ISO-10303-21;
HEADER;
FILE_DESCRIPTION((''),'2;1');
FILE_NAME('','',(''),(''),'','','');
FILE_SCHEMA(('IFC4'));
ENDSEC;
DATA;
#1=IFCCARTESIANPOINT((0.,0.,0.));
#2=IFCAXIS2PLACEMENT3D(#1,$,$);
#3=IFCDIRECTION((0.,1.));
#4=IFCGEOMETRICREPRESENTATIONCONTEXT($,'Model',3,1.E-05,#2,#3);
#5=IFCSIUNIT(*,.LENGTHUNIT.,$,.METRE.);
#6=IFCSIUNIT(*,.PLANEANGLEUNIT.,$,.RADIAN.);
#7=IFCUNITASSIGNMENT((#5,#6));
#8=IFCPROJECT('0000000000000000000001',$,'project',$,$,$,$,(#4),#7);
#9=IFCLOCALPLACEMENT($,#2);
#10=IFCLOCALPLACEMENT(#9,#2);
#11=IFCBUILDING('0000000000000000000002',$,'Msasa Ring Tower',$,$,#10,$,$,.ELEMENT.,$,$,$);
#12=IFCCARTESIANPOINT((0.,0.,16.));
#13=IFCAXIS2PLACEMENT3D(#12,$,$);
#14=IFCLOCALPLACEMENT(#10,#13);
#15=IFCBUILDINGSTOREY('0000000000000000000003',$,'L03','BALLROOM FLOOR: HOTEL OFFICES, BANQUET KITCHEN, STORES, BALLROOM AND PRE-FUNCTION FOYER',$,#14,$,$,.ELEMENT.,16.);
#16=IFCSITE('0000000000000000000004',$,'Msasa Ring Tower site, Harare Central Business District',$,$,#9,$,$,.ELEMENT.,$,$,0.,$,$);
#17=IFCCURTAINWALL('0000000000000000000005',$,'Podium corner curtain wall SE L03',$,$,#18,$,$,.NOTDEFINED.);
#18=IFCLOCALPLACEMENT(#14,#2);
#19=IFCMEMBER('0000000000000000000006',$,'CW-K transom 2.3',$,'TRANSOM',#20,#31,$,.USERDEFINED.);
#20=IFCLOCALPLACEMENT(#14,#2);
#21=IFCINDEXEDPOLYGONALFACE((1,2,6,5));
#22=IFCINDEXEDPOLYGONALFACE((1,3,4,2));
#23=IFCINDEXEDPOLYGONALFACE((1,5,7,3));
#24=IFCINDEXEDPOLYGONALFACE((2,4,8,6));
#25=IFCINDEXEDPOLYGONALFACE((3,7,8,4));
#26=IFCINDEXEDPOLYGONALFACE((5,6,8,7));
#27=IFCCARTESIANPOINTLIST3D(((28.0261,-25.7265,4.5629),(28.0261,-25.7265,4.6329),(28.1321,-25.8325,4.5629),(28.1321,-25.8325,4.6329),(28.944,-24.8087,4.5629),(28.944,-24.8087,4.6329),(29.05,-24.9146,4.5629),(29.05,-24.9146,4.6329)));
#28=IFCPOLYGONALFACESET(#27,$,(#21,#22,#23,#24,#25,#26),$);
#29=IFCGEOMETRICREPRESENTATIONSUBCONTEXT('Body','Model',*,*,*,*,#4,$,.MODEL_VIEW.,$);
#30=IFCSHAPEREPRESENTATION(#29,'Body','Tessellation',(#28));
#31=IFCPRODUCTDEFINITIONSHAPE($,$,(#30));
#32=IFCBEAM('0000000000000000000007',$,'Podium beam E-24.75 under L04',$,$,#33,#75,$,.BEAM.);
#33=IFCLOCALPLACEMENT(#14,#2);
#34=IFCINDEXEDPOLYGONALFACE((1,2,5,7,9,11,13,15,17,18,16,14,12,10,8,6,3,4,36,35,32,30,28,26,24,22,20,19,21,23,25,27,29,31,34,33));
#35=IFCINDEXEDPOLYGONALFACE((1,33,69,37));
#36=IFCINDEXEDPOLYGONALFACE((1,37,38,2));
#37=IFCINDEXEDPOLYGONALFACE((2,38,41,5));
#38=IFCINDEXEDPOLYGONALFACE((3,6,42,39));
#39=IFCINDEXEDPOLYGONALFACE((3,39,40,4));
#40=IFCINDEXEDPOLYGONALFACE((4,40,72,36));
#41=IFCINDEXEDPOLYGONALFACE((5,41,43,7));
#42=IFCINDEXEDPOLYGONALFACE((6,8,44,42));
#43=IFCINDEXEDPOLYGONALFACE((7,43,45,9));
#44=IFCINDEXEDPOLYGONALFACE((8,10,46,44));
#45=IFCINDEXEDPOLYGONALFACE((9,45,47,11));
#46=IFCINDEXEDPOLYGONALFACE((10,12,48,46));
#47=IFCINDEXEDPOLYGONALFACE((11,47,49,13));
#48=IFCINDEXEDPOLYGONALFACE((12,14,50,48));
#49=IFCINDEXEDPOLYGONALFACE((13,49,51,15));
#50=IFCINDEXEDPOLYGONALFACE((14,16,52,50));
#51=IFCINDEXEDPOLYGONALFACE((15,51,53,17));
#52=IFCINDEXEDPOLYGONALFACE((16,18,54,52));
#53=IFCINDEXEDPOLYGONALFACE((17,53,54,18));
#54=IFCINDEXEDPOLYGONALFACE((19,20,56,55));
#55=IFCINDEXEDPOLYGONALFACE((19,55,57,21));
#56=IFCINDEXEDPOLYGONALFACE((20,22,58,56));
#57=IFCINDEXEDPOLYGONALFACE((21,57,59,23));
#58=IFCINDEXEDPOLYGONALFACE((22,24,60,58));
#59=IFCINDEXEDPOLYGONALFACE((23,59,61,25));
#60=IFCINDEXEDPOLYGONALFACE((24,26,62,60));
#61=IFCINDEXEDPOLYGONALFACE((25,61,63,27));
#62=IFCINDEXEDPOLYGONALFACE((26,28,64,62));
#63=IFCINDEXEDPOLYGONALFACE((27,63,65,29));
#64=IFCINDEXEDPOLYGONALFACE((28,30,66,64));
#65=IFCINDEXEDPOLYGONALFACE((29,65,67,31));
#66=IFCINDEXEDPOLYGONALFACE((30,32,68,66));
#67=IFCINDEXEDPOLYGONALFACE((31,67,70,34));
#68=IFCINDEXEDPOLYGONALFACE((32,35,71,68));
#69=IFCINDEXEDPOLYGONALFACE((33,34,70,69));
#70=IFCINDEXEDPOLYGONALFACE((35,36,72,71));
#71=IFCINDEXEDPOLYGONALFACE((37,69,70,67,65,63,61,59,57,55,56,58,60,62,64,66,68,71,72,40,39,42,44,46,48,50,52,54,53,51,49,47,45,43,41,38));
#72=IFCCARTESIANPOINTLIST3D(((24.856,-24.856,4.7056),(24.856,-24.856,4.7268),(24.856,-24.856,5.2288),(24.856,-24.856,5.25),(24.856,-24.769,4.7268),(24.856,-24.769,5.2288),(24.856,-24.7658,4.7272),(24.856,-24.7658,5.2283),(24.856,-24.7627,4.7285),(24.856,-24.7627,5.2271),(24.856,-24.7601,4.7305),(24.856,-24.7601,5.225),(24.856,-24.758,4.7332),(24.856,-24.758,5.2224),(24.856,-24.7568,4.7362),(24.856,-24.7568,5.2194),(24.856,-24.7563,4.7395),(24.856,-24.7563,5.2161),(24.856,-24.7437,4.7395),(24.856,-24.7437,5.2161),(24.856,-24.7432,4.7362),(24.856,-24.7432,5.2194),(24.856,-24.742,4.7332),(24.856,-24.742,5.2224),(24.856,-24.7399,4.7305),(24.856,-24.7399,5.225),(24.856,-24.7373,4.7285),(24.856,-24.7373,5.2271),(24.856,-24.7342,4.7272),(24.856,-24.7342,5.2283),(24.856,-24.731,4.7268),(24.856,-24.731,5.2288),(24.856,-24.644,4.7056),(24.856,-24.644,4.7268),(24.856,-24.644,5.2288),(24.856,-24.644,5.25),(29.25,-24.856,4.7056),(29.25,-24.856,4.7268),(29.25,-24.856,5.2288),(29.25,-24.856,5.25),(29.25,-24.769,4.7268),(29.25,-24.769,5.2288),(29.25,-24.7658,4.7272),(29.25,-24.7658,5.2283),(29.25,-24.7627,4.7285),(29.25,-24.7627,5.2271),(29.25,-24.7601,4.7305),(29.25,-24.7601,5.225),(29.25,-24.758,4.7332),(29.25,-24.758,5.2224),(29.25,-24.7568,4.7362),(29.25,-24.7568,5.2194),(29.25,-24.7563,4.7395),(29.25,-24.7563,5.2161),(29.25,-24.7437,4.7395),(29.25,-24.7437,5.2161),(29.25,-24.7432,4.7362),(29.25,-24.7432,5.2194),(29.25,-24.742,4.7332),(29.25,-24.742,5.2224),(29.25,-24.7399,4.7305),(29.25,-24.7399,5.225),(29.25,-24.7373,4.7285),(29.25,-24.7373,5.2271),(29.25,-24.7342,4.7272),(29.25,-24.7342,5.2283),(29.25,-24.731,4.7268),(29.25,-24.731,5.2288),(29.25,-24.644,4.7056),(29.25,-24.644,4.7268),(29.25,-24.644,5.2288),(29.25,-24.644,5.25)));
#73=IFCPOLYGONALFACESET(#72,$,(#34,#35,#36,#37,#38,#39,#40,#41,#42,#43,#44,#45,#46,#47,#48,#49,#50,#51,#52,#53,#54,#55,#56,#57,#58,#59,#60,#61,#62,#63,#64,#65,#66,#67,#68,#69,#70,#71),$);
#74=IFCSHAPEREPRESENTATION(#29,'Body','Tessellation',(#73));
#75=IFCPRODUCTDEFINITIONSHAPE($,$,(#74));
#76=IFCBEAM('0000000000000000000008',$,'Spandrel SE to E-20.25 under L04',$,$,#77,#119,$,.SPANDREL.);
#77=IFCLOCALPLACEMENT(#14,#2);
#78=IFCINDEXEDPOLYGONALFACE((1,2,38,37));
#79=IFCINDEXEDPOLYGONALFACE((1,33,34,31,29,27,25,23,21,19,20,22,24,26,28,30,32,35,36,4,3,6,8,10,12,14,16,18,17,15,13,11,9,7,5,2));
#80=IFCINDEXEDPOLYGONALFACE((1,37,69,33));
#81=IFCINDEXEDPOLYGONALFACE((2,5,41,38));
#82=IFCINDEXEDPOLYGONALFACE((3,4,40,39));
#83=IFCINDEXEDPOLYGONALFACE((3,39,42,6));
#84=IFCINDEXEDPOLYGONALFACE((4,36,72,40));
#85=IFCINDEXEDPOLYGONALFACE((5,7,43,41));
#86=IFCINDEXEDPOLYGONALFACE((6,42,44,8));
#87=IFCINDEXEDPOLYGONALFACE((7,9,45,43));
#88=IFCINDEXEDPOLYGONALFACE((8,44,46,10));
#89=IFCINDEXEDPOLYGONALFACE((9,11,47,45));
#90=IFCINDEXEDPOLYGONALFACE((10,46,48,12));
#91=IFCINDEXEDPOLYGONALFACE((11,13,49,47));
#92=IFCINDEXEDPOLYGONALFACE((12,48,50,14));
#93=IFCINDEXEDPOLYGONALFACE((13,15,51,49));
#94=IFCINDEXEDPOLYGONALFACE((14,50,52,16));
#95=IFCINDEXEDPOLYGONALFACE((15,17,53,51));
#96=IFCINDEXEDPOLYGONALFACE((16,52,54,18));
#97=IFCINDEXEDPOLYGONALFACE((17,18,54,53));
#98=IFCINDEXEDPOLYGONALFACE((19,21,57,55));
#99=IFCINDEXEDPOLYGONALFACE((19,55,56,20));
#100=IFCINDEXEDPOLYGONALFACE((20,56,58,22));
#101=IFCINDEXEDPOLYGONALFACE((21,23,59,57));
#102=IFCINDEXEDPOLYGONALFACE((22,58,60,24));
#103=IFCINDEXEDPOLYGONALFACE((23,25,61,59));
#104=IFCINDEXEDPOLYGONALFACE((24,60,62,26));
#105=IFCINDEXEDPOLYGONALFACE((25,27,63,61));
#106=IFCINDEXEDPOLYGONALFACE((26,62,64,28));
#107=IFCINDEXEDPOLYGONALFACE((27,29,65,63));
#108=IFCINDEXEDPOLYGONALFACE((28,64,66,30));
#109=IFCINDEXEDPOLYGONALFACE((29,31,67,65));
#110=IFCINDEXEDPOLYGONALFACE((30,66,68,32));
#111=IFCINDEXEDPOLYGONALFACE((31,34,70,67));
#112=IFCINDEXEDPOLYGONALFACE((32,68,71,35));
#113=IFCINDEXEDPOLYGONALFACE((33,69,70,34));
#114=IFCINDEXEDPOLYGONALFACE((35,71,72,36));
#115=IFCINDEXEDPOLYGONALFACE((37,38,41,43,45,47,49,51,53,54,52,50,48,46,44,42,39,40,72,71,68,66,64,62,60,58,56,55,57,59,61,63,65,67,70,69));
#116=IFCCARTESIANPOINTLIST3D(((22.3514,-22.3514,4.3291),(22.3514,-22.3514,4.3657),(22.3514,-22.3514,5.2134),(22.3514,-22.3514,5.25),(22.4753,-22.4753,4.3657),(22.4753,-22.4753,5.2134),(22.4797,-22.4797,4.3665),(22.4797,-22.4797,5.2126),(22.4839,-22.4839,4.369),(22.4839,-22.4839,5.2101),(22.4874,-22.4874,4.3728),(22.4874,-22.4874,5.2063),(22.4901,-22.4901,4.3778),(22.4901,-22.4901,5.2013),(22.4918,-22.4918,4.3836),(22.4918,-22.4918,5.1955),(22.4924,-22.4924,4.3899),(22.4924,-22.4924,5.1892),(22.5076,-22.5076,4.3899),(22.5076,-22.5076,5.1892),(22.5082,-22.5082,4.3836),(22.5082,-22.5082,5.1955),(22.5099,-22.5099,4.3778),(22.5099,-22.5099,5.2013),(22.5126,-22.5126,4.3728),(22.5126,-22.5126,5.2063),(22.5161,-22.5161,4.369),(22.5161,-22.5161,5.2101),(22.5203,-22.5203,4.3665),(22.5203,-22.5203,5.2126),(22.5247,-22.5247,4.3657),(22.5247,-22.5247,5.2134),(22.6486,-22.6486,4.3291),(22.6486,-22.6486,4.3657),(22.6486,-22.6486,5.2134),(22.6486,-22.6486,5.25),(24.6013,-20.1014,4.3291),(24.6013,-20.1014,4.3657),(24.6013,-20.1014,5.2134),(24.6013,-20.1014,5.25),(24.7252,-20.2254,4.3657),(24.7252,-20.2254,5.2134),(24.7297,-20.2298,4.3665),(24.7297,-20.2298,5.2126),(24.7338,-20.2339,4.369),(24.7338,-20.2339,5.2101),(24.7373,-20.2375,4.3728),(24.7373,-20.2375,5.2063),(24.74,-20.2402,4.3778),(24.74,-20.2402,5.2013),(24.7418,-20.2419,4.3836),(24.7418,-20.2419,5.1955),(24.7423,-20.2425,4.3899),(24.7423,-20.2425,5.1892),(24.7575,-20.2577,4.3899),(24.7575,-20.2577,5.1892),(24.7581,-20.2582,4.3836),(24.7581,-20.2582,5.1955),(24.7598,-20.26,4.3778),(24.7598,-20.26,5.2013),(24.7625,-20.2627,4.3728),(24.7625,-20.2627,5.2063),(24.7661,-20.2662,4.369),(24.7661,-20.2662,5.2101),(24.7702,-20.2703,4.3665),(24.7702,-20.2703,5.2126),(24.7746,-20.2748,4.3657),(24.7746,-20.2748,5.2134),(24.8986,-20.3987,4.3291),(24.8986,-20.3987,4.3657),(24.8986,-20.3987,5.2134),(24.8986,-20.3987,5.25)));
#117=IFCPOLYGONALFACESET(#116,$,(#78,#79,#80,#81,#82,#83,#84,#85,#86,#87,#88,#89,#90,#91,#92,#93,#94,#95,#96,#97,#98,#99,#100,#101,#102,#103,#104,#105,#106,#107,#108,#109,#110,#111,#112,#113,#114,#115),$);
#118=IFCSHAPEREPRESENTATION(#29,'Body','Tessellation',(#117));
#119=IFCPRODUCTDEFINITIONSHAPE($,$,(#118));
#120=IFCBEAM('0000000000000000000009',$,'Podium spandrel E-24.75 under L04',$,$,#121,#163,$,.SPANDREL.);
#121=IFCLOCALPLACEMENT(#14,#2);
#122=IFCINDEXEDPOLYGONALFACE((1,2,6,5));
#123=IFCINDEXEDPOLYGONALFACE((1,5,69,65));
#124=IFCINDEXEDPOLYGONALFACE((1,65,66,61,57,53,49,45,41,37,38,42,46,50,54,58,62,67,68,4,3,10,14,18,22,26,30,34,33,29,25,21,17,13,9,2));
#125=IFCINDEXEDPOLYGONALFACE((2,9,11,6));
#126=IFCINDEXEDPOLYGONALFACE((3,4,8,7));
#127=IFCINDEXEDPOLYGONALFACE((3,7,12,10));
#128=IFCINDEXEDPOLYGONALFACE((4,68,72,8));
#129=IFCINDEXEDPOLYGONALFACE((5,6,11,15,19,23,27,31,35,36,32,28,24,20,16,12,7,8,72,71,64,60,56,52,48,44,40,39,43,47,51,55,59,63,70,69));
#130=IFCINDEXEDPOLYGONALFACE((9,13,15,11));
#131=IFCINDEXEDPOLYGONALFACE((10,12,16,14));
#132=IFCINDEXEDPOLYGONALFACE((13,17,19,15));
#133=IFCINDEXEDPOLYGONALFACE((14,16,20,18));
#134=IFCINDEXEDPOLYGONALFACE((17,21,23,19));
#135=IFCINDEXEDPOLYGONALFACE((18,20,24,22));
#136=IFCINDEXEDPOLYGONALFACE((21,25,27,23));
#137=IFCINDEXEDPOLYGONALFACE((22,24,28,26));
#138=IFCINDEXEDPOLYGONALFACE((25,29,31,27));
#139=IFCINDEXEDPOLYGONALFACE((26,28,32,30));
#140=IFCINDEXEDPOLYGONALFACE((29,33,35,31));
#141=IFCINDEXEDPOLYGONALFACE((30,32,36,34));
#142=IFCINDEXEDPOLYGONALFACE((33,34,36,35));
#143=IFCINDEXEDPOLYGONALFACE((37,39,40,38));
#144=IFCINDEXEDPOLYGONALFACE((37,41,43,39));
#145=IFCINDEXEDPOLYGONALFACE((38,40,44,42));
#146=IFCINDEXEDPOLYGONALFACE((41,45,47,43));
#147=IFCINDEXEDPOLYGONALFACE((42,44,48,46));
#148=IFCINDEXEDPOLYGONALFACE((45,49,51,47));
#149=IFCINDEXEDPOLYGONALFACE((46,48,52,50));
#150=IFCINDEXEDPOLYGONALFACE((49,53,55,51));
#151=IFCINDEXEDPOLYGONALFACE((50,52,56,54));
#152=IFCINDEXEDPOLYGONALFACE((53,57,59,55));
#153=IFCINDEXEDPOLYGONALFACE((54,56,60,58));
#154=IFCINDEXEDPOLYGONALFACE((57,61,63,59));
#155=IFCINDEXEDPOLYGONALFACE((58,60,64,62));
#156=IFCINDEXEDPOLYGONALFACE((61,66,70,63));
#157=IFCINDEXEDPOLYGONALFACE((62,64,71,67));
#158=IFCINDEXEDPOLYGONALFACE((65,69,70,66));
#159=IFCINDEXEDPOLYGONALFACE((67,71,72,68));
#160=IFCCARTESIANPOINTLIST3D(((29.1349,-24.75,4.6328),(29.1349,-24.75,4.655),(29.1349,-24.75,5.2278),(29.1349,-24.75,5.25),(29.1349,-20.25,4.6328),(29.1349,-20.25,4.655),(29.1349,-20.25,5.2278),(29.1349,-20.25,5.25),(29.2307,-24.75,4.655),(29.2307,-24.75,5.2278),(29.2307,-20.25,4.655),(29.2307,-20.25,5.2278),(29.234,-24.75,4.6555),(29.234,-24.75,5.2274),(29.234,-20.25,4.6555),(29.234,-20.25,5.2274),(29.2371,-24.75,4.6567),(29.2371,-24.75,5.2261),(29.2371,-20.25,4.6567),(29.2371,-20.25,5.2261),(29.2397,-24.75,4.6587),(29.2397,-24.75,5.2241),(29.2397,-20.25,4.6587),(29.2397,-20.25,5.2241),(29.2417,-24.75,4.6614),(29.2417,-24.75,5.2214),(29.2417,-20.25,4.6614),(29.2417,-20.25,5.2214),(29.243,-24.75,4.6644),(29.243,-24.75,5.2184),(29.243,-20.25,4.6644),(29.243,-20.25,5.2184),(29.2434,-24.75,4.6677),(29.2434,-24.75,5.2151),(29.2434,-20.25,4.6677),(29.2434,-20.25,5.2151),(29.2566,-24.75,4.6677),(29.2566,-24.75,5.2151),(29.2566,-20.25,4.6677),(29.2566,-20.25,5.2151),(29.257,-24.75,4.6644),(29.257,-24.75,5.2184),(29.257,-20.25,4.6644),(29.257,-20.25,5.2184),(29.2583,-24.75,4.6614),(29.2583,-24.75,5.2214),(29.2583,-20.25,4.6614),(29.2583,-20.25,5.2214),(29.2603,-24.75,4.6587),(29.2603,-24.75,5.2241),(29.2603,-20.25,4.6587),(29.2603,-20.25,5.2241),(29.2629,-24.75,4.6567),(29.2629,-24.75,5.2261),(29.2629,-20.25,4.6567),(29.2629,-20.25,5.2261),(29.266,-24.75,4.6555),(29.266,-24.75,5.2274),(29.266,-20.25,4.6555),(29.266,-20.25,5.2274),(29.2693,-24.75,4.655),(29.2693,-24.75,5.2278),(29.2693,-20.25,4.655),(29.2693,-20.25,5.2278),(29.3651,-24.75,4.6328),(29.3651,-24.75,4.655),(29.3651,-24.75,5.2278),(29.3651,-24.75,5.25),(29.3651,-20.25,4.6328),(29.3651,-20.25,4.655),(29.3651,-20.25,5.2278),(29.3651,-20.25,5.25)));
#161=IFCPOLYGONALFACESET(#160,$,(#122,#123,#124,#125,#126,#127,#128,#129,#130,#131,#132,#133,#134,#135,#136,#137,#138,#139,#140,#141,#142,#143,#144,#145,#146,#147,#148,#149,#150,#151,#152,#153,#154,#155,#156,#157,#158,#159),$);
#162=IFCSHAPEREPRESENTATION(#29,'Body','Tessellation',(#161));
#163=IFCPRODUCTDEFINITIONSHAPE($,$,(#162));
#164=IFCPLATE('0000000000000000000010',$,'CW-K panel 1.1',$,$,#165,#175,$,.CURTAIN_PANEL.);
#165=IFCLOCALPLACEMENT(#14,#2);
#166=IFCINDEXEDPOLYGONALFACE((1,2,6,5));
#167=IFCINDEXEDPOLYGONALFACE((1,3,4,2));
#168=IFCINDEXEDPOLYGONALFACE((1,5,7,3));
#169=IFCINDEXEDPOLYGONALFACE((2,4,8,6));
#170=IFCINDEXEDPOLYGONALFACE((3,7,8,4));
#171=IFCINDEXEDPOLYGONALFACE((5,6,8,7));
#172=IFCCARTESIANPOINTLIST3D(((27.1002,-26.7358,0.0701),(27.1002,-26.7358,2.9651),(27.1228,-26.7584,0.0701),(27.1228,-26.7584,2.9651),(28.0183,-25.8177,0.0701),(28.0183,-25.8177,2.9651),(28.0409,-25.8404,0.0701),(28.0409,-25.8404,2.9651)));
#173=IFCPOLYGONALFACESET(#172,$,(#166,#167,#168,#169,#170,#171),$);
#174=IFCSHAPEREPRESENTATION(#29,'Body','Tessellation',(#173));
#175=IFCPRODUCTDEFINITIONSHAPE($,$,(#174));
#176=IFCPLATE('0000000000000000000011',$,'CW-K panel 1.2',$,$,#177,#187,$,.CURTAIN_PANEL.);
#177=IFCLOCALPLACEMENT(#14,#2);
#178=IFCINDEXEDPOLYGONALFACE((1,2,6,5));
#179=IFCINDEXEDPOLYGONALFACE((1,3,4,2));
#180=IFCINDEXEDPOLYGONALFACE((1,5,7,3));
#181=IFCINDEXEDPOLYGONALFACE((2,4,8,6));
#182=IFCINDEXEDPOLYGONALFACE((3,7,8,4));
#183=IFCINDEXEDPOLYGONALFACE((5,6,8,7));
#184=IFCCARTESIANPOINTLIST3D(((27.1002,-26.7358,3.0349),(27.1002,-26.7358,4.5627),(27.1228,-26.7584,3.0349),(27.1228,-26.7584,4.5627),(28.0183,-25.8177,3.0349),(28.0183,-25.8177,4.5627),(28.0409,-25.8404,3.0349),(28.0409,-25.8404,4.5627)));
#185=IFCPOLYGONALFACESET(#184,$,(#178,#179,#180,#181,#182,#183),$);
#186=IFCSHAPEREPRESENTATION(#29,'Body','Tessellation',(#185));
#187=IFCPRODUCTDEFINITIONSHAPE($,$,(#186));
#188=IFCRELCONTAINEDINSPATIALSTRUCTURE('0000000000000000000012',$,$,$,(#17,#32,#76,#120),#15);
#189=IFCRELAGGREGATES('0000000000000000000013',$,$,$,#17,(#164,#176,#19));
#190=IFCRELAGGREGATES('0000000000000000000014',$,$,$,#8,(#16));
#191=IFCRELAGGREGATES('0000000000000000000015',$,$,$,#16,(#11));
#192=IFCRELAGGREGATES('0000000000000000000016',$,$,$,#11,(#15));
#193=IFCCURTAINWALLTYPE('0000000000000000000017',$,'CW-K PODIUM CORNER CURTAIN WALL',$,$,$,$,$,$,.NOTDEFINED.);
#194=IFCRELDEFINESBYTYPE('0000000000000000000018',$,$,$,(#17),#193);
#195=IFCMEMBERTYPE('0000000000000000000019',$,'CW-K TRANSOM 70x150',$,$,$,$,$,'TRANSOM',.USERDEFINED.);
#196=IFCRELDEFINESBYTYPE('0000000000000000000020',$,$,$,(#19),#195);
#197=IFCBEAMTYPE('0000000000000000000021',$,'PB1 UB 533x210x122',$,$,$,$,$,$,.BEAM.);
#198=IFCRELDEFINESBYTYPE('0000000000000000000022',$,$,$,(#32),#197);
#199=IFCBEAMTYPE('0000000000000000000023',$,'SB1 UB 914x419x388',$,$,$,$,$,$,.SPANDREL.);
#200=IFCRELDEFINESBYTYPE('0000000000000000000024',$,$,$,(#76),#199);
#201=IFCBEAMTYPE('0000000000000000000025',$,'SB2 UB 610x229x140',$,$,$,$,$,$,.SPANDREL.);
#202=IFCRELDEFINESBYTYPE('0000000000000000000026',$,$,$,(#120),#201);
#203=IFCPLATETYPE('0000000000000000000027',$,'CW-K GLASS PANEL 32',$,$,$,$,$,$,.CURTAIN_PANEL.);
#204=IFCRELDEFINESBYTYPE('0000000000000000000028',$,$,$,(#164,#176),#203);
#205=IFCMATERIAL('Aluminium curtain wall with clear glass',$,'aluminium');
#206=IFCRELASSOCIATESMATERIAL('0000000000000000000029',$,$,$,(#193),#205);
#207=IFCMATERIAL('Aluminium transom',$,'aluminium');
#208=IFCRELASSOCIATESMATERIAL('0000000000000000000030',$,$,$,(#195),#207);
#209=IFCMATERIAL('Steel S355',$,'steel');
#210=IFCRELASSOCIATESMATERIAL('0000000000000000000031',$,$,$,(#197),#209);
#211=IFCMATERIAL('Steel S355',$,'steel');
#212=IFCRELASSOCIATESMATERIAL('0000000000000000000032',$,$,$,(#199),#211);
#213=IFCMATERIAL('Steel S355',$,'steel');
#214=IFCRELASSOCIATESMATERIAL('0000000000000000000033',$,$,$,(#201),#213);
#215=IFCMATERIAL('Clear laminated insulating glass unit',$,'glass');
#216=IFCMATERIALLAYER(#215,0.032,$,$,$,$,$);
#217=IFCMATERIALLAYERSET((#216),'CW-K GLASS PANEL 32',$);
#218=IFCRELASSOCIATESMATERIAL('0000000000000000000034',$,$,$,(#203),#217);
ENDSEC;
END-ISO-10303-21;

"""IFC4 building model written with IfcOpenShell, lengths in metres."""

from ifc_helpers import new_model, si_unit, direction, frame, origin, origin_2d, place, context, subcontext, project, spatial, rectangle, i_section, extrude, material, layer, layer_set, material_profile, profile_set, type_object, element, aggregate, save


model = new_model("IFC4")

# Units and contexts
model_context = context("Model", 3, precision=1e-05, world=origin(), true_north=direction((0.0, 1.0)))
body_context = subcontext(model_context, "Body", "Model", "MODEL_VIEW")
ifc_project = project(units=[si_unit("LENGTHUNIT", "METRE"), si_unit("PLANEANGLEUNIT", "RADIAN")], contexts=[model_context])

# Site, building, storey
site_placement = place(None, origin())
site = spatial("IfcSite", under=ifc_project, at=site_placement, Name="Msasa Ring Tower site, Harare Central Business District", CompositionType="ELEMENT", RefElevation=0.0)
building_placement = place(site_placement, origin())
building = spatial("IfcBuilding", under=site, at=building_placement, Name="Msasa Ring Tower", CompositionType="ELEMENT")
storey_placement = place(building_placement, frame((0.0, 0.0, 16.0)))
storey = spatial("IfcBuildingStorey", under=building, at=storey_placement, Name="L03", Description="BALLROOM FLOOR: HOTEL OFFICES, BANQUET KITCHEN, STORES, BALLROOM AND PRE-FUNCTION FOYER", CompositionType="ELEMENT", Elevation=16.0)

# Curtain wall, member
ifc_material_1 = material(Name="Aluminium curtain wall with clear glass", Category="aluminium")
curtain_wall_type = type_object("IfcCurtainWallType", Name="CW-K PODIUM CORNER CURTAIN WALL", PredefinedType="NOTDEFINED", material=ifc_material_1)
curtain_wall_placement = place(storey_placement, origin())
curtain_wall = element("IfcCurtainWall", 1, at=curtain_wall_placement, inside=storey, type_object=curtain_wall_type, Name="Podium corner curtain wall SE L03", PredefinedType="NOTDEFINED")
ifc_material_2 = material(Name="Aluminium transom", Category="aluminium")
ifc_material_profile_1 = material_profile(ifc_material_2, rectangle(XDim=0.1499, YDim=0.0701, at=origin_2d()), Name="AL 70x150")
ifc_profile_set_1 = profile_set([ifc_material_profile_1], Name="Aluminium transom")
member_type_1 = type_object("IfcMemberType", Name="CW-K TRANSOM 70x150", ElementType="TRANSOM", PredefinedType="USERDEFINED", material=ifc_profile_set_1)
member_1_placement = place(storey_placement, frame((28.0791, -25.7795, 4.5979), z_axis=(0.707107, 0.707107, 0.0), x_axis=(-0.707107, 0.707107, 0.0)))
member_1 = element("IfcMember", 2, at=member_1_placement, type_object=member_type_1, Name="CW-K transom 2.3", ObjectType="TRANSOM", PredefinedType="USERDEFINED", context=body_context, shape_type="SweptSolid", body=[
    extrude(rectangle(XDim=0.1499, YDim=0.0701, at=origin_2d()), origin(), (0.0, 0.0, 1.0), 1.2981),
])

# Beams
ifc_material_3 = material(Name="Steel S355", Category="steel")
ifc_material_profile_2 = material_profile(ifc_material_3, i_section(OverallWidth=0.2119, OverallDepth=0.5444, WebThickness=0.0127, FlangeThickness=0.0212, FilletRadius=0.0127, at=origin_2d()), Name="UB 533x210x122")
ifc_profile_set_2 = profile_set([ifc_material_profile_2], Name="Steel S355")
beam_type_1 = type_object("IfcBeamType", Name="PB1 UB 533x210x122", PredefinedType="BEAM", material=ifc_profile_set_2)
beam_1_placement = place(storey_placement, frame((29.25, -24.75, 4.9778), z_axis=(-1.0, 0.0, 0.0), x_axis=(0.0, -1.0, 0.0)))
element("IfcBeam", 3, at=beam_1_placement, inside=storey, type_object=beam_type_1, Name="Podium beam E-24.75 under L04", PredefinedType="BEAM", context=body_context, shape_type="SweptSolid", body=[
    extrude(i_section(OverallWidth=0.2119, OverallDepth=0.5444, WebThickness=0.0127, FlangeThickness=0.0212, FilletRadius=0.0127, at=origin_2d()), origin(), (0.0, 0.0, 1.0), 4.394),
])
ifc_material_4 = material(Name="Steel S355", Category="steel")
ifc_material_profile_3 = material_profile(ifc_material_4, i_section(OverallWidth=0.4204, OverallDepth=0.9209, WebThickness=0.0215, FlangeThickness=0.0366, FilletRadius=0.0242, at=origin_2d()), Name="UB 914x419x388")
ifc_profile_set_3 = profile_set([ifc_material_profile_3], Name="Steel S355")
beam_type_2 = type_object("IfcBeamType", Name="SB1 UB 914x419x388", PredefinedType="SPANDREL", material=ifc_profile_set_3)
beam_2_placement = place(storey_placement, frame((22.5, -22.5, 4.7896), z_axis=(0.707107, 0.707107, 0.0), x_axis=(-0.707107, 0.707107, 0.0)))
element("IfcBeam", 4, at=beam_2_placement, inside=storey, type_object=beam_type_2, Name="Spandrel SE to E-20.25 under L04", PredefinedType="SPANDREL", context=body_context, shape_type="SweptSolid", body=[
    extrude(i_section(OverallWidth=0.4204, OverallDepth=0.9209, WebThickness=0.0215, FlangeThickness=0.0366, FilletRadius=0.0242, at=origin_2d()), origin(), (0.0, 0.0, 1.0), 3.1819),
])
ifc_material_5 = material(Name="Steel S355", Category="steel")
ifc_material_profile_4 = material_profile(ifc_material_5, i_section(OverallWidth=0.2302, OverallDepth=0.6172, WebThickness=0.0132, FlangeThickness=0.0222, FilletRadius=0.0127, at=origin_2d()), Name="UB 610x229x140")
ifc_profile_set_4 = profile_set([ifc_material_profile_4], Name="Steel S355")
beam_type_3 = type_object("IfcBeamType", Name="SB2 UB 610x229x140", PredefinedType="SPANDREL", material=ifc_profile_set_4)
beam_3_placement = place(storey_placement, frame((29.25, -24.75, 4.9414), z_axis=(0.0, 1.0, 0.0), x_axis=(-1.0, 0.0, 0.0)))
element("IfcBeam", 5, at=beam_3_placement, inside=storey, type_object=beam_type_3, Name="Podium spandrel E-24.75 under L04", PredefinedType="SPANDREL", context=body_context, shape_type="SweptSolid", body=[
    extrude(i_section(OverallWidth=0.2302, OverallDepth=0.6172, WebThickness=0.0132, FlangeThickness=0.0222, FilletRadius=0.0127, at=origin_2d()), origin(), (0.0, 0.0, 1.0), 4.5),
])

# Plates
ifc_material_6 = material(Name="Clear laminated insulating glass unit", Category="glass")
ifc_layer_1 = layer(ifc_material_6, 0.032)
ifc_layer_set_1 = layer_set([ifc_layer_1], Name="CW-K GLASS PANEL 32")
plate_type = type_object("IfcPlateType", Name="CW-K GLASS PANEL 32", PredefinedType="CURTAIN_PANEL", material=ifc_layer_set_1)
plate_1_placement = place(storey_placement, frame((27.5706, -26.2881, 0.0701), z_axis=(0.0, 0.0, 1.0), x_axis=(0.707107, 0.707107, 0.0)))
plate_1 = element("IfcPlate", 6, at=plate_1_placement, type_object=plate_type, Name="CW-K panel 1.1", PredefinedType="CURTAIN_PANEL", context=body_context, shape_type="SweptSolid", body=[
    extrude(rectangle(XDim=1.2983, YDim=0.032, at=origin_2d()), origin(), (0.0, 0.0, 1.0), 2.895),
])
plate_2_placement = place(storey_placement, frame((27.5706, -26.2881, 3.0349), z_axis=(0.0, 0.0, 1.0), x_axis=(0.707107, 0.707107, 0.0)))
plate_2 = element("IfcPlate", 7, at=plate_2_placement, type_object=plate_type, Name="CW-K panel 1.2", PredefinedType="CURTAIN_PANEL", context=body_context, shape_type="SweptSolid", body=[
    extrude(rectangle(XDim=1.2983, YDim=0.032, at=origin_2d()), origin(), (0.0, 0.0, 1.0), 1.5278),
])
aggregate(curtain_wall, [plate_1, plate_2, member_1])

save(model, "model.ifc")
